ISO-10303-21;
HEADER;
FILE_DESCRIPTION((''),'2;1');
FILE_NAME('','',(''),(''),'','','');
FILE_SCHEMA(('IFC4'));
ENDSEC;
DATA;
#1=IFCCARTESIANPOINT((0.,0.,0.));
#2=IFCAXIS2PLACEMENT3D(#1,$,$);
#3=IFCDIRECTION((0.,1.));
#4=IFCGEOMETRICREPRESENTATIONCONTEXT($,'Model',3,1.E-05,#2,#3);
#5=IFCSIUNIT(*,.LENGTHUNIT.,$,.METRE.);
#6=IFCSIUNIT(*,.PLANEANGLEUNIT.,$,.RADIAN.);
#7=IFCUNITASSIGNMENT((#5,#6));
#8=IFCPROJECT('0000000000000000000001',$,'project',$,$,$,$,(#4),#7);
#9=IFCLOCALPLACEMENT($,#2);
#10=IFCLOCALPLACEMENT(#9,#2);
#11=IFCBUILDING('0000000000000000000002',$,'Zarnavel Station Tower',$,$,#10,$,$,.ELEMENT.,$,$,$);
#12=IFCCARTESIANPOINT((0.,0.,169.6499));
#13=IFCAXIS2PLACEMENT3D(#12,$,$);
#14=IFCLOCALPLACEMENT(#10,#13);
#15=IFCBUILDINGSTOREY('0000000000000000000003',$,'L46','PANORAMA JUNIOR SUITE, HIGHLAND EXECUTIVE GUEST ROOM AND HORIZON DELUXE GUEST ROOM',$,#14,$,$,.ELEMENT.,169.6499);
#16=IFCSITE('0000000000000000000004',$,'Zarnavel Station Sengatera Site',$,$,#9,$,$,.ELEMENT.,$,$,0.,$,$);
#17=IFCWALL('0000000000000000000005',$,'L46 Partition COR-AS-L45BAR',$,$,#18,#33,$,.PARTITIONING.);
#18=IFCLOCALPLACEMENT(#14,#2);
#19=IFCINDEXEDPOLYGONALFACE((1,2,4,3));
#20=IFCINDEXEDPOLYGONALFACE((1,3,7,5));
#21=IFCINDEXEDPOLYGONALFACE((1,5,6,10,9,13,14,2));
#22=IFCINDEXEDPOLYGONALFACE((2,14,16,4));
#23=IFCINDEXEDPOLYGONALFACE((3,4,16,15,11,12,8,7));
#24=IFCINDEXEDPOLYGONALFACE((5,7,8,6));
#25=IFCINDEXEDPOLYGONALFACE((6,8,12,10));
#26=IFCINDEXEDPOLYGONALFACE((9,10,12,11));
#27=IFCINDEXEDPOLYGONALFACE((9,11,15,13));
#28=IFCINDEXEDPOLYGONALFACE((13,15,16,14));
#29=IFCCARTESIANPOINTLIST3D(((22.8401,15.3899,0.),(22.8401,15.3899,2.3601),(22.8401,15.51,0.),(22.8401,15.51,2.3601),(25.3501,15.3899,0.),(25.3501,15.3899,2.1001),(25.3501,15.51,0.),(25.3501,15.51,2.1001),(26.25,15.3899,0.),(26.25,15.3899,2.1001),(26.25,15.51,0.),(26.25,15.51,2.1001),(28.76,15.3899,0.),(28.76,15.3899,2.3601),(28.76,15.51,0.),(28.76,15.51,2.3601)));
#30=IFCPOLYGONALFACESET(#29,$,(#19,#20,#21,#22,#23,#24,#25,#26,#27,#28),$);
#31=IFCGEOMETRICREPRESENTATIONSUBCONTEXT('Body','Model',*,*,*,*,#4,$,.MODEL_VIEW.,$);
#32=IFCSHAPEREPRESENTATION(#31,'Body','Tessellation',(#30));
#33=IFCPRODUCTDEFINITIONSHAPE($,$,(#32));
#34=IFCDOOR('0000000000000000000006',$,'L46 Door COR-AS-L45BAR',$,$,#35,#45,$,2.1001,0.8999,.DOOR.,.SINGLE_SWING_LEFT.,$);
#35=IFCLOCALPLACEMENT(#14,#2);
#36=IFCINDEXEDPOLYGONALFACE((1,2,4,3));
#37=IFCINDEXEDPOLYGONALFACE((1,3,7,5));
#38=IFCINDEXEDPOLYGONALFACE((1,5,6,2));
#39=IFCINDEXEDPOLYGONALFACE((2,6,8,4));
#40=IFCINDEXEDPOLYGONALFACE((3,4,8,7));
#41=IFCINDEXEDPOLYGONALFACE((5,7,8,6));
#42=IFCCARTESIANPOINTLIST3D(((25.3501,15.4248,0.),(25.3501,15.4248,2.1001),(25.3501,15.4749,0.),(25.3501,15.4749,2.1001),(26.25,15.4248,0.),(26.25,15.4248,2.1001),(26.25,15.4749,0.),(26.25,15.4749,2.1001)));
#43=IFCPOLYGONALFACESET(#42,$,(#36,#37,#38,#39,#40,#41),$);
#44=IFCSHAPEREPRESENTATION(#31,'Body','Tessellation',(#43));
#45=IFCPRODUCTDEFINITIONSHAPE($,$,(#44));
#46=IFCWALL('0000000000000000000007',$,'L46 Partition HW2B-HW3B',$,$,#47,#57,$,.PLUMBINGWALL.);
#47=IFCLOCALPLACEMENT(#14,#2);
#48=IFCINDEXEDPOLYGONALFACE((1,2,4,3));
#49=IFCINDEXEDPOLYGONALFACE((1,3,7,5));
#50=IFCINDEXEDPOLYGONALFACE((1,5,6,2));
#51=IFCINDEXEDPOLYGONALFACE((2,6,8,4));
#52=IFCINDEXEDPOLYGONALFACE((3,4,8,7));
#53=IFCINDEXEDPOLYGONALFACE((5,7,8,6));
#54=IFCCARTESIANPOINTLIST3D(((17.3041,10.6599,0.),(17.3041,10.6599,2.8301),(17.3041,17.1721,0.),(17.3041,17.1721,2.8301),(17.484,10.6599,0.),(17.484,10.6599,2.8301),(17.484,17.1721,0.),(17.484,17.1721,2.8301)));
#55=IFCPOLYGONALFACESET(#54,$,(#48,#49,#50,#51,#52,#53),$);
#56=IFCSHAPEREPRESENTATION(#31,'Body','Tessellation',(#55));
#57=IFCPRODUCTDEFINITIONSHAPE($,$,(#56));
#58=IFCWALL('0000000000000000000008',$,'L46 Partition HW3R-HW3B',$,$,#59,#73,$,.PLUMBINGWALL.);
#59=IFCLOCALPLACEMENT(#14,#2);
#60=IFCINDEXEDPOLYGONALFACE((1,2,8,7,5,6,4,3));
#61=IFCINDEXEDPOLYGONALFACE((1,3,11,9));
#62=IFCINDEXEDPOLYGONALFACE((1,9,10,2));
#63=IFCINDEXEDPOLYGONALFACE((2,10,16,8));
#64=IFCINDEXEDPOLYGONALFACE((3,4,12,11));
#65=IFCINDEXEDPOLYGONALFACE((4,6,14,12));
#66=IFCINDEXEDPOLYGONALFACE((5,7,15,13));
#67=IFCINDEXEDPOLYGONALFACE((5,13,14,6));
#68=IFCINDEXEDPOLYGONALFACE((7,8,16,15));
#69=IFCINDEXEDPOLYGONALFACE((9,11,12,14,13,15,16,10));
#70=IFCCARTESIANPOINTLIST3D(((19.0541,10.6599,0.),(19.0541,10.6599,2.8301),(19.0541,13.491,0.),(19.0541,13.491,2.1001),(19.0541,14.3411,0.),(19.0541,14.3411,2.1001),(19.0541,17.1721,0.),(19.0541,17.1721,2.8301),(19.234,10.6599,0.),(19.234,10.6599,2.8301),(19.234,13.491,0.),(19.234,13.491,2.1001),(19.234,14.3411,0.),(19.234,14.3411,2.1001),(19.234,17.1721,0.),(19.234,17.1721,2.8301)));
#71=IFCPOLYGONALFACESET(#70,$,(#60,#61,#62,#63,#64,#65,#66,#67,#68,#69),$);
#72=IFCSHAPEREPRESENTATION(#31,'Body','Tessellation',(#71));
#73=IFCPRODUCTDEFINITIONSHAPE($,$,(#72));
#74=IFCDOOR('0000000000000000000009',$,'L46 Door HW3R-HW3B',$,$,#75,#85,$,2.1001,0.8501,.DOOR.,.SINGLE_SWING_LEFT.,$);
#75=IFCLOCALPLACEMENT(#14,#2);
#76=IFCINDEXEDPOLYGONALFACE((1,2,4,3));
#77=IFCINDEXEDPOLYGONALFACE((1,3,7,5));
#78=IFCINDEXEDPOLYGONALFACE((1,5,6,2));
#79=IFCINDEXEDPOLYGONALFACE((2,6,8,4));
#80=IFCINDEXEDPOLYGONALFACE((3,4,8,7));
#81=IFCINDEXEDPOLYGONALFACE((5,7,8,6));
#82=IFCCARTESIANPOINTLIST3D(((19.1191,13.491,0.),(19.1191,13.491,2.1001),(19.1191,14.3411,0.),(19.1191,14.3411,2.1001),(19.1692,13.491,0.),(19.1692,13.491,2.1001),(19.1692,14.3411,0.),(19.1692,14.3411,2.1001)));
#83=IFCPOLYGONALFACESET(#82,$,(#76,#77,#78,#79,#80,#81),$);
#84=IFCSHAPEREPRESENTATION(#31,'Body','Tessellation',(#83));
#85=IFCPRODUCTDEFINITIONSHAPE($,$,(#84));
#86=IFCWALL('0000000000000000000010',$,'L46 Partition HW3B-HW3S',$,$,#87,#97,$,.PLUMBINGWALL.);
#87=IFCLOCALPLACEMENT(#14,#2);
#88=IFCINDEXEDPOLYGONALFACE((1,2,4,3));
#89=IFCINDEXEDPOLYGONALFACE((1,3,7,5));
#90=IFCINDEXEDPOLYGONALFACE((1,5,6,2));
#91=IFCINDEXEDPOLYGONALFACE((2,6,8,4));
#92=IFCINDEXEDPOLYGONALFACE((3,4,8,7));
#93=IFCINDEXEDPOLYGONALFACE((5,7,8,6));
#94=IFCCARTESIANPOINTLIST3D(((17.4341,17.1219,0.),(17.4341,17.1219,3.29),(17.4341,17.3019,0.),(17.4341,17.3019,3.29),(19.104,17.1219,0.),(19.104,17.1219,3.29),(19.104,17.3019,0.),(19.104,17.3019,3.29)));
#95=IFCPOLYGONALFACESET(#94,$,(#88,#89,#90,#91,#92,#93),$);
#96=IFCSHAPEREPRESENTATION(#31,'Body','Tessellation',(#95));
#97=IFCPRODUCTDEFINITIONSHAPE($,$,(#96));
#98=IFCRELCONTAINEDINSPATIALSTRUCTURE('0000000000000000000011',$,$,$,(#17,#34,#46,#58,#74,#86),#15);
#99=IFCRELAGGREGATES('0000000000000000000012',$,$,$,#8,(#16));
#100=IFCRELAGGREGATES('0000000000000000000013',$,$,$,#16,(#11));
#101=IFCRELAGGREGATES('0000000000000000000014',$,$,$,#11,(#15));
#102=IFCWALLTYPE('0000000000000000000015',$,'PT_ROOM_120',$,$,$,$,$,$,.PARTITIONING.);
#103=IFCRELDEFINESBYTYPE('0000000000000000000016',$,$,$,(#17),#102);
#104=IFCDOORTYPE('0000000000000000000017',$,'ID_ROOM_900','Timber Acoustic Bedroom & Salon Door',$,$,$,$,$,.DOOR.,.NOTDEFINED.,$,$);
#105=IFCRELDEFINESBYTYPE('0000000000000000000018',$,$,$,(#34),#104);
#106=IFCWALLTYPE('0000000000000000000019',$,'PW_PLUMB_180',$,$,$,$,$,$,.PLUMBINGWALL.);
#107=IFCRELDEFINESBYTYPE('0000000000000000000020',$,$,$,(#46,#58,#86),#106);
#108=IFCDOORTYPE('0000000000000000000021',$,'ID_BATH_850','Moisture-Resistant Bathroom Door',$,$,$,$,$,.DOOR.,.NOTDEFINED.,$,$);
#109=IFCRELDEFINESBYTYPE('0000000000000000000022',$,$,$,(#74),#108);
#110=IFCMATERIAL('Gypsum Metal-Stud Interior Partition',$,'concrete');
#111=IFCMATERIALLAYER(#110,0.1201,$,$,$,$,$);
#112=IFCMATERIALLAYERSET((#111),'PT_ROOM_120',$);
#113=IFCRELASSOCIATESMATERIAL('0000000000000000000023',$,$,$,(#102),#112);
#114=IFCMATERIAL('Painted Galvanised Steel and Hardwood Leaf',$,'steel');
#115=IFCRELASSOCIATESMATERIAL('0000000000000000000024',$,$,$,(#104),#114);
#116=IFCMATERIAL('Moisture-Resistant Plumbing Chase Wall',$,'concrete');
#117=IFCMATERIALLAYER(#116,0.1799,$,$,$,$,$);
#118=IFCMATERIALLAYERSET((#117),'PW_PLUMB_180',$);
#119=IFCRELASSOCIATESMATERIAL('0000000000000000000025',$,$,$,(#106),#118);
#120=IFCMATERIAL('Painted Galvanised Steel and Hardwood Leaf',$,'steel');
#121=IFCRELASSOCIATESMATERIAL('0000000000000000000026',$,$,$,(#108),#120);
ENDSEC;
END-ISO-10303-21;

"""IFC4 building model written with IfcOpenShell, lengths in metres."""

from ifc_helpers import new_model, si_unit, direction, frame, frame_2d, origin, place, context, subcontext, project, spatial, rectangle, extrude, material, layer, layer_set, type_object, element, fill, save


model = new_model("IFC4")

# Units and contexts
model_context = context("Model", 3, precision=1e-05, world=origin(), true_north=direction((0.0, 1.0)))
body_context = subcontext(model_context, "Body", "Model", "MODEL_VIEW")
ifc_project = project(units=[si_unit("LENGTHUNIT", "METRE"), si_unit("PLANEANGLEUNIT", "RADIAN")], contexts=[model_context])

# Site, building, storey
site_placement = place(None, origin())
site = spatial("IfcSite", under=ifc_project, at=site_placement, Name="Zarnavel Station Sengatera Site", CompositionType="ELEMENT", RefElevation=0.0)
building_placement = place(site_placement, origin())
building = spatial("IfcBuilding", under=site, at=building_placement, Name="Zarnavel Station Tower", CompositionType="ELEMENT")
storey_placement = place(building_placement, frame((0.0, 0.0, 169.6499)))
storey = spatial("IfcBuildingStorey", under=building, at=storey_placement, Name="L46", Description="PANORAMA JUNIOR SUITE, HIGHLAND EXECUTIVE GUEST ROOM AND HORIZON DELUXE GUEST ROOM", CompositionType="ELEMENT", Elevation=169.6499)

# Wall, opening, door
ifc_material_1 = material(Name="Gypsum Metal-Stud Interior Partition", Category="concrete")
ifc_layer_1 = layer(ifc_material_1, 0.1201)
ifc_layer_set_1 = layer_set([ifc_layer_1], Name="PT_ROOM_120")
wall_type_1 = type_object("IfcWallType", Name="PT_ROOM_120", PredefinedType="PARTITIONING", material=ifc_layer_set_1)
wall_1_placement = place(storey_placement, frame((22.8401, 15.45, 0.0), z_axis=(0.0, 0.0, 1.0), x_axis=(1.0, 0.0, 0.0)))
wall_1 = element("IfcWall", 1, at=wall_1_placement, inside=storey, type_object=wall_type_1, Name="L46 Partition COR-AS-L45BAR", PredefinedType="PARTITIONING", context=body_context, shape_type="SweptSolid", body=[
    extrude(rectangle(XDim=5.9199, YDim=0.1201, at=frame_2d((2.96, 0.0))), origin(), (0.0, 0.0, 1.0), 2.3601),
])
opening_1_placement = place(wall_1_placement, frame((2.51, 0.0, 0.0)))
opening_1 = element("IfcOpeningElement", 2, at=opening_1_placement, cuts=wall_1, PredefinedType="OPENING", context=body_context, shape_type="SweptSolid", body=[
    extrude(rectangle(XDim=0.8999, YDim=2.1001, at=frame_2d((0.45, 1.05))), frame((0.0, 0.0701, 0.0), z_axis=(0.0, -1.0, 0.0), x_axis=(1.0, 0.0, 0.0)), (0.0, 0.0, 1.0), 0.1401),
])
ifc_material_2 = material(Name="Painted Galvanised Steel and Hardwood Leaf", Category="steel")
door_type_1 = type_object("IfcDoorType", Name="ID_ROOM_900", Description="Timber Acoustic Bedroom & Salon Door", OperationType="NOTDEFINED", PredefinedType="DOOR", material=ifc_material_2)
door_1_placement = place(opening_1_placement, origin())
door_1 = element("IfcDoor", 3, at=door_1_placement, inside=storey, type_object=door_type_1, Name="L46 Door COR-AS-L45BAR", OperationType="SINGLE_SWING_LEFT", OverallHeight=2.1001, OverallWidth=0.8999, PredefinedType="DOOR", context=body_context, shape_type="SweptSolid", body=[
    extrude(rectangle(XDim=0.8999, YDim=2.1001, at=frame_2d((0.45, 1.05))), frame((0.0, 0.0249, 0.0), z_axis=(0.0, -1.0, 0.0), x_axis=(1.0, 0.0, 0.0)), (0.0, 0.0, 1.0), 0.05),
])
fill(opening_1, door_1)

# Wall
ifc_material_3 = material(Name="Moisture-Resistant Plumbing Chase Wall", Category="concrete")
ifc_layer_2 = layer(ifc_material_3, 0.1799)
ifc_layer_set_2 = layer_set([ifc_layer_2], Name="PW_PLUMB_180")
wall_type_2 = type_object("IfcWallType", Name="PW_PLUMB_180", PredefinedType="PLUMBINGWALL", material=ifc_layer_set_2)
wall_2_placement = place(storey_placement, frame((17.394, 10.6599, 0.0), z_axis=(0.0, 0.0, 1.0), x_axis=(0.0, 1.0, 0.0)))
element("IfcWall", 4, at=wall_2_placement, inside=storey, type_object=wall_type_2, Name="L46 Partition HW2B-HW3B", PredefinedType="PLUMBINGWALL", context=body_context, shape_type="SweptSolid", body=[
    extrude(rectangle(XDim=6.5122, YDim=0.1799, at=frame_2d((3.2561, 0.0))), origin(), (0.0, 0.0, 1.0), 2.8301),
])

# Wall, opening, door
wall_3_placement = place(storey_placement, frame((19.144, 10.6599, 0.0), z_axis=(0.0, 0.0, 1.0), x_axis=(0.0, 1.0, 0.0)))
wall_3 = element("IfcWall", 5, at=wall_3_placement, inside=storey, type_object=wall_type_2, Name="L46 Partition HW3R-HW3B", PredefinedType="PLUMBINGWALL", context=body_context, shape_type="SweptSolid", body=[
    extrude(rectangle(XDim=6.5122, YDim=0.1799, at=frame_2d((3.2561, 0.0))), origin(), (0.0, 0.0, 1.0), 2.8301),
])
opening_2_placement = place(wall_3_placement, frame((2.8311, 0.0, 0.0)))
opening_2 = element("IfcOpeningElement", 6, at=opening_2_placement, cuts=wall_3, PredefinedType="OPENING", context=body_context, shape_type="SweptSolid", body=[
    extrude(rectangle(XDim=0.8501, YDim=2.1001, at=frame_2d((0.425, 1.05))), frame((0.0, 0.0999, 0.0), z_axis=(0.0, -1.0, 0.0), x_axis=(1.0, 0.0, 0.0)), (0.0, 0.0, 1.0), 0.2),
])
ifc_material_4 = material(Name="Painted Galvanised Steel and Hardwood Leaf", Category="steel")
door_type_2 = type_object("IfcDoorType", Name="ID_BATH_850", Description="Moisture-Resistant Bathroom Door", OperationType="NOTDEFINED", PredefinedType="DOOR", material=ifc_material_4)
door_2_placement = place(opening_2_placement, origin())
door_2 = element("IfcDoor", 7, at=door_2_placement, inside=storey, type_object=door_type_2, Name="L46 Door HW3R-HW3B", OperationType="SINGLE_SWING_LEFT", OverallHeight=2.1001, OverallWidth=0.8501, PredefinedType="DOOR", context=body_context, shape_type="SweptSolid", body=[
    extrude(rectangle(XDim=0.8501, YDim=2.1001, at=frame_2d((0.425, 1.05))), frame((0.0, 0.0249, 0.0), z_axis=(0.0, -1.0, 0.0), x_axis=(1.0, 0.0, 0.0)), (0.0, 0.0, 1.0), 0.05),
])
fill(opening_2, door_2)

# Wall
wall_4_placement = place(storey_placement, frame((17.4341, 17.2119, 0.0), z_axis=(0.0, 0.0, 1.0), x_axis=(1.0, 0.0, 0.0)))
element("IfcWall", 8, at=wall_4_placement, inside=storey, type_object=wall_type_2, Name="L46 Partition HW3B-HW3S", PredefinedType="PLUMBINGWALL", context=body_context, shape_type="SweptSolid", body=[
    extrude(rectangle(XDim=1.6699, YDim=0.1799, at=frame_2d((0.835, 0.0))), origin(), (0.0, 0.0, 1.0), 3.29),
])

save(model, "model.ifc")
